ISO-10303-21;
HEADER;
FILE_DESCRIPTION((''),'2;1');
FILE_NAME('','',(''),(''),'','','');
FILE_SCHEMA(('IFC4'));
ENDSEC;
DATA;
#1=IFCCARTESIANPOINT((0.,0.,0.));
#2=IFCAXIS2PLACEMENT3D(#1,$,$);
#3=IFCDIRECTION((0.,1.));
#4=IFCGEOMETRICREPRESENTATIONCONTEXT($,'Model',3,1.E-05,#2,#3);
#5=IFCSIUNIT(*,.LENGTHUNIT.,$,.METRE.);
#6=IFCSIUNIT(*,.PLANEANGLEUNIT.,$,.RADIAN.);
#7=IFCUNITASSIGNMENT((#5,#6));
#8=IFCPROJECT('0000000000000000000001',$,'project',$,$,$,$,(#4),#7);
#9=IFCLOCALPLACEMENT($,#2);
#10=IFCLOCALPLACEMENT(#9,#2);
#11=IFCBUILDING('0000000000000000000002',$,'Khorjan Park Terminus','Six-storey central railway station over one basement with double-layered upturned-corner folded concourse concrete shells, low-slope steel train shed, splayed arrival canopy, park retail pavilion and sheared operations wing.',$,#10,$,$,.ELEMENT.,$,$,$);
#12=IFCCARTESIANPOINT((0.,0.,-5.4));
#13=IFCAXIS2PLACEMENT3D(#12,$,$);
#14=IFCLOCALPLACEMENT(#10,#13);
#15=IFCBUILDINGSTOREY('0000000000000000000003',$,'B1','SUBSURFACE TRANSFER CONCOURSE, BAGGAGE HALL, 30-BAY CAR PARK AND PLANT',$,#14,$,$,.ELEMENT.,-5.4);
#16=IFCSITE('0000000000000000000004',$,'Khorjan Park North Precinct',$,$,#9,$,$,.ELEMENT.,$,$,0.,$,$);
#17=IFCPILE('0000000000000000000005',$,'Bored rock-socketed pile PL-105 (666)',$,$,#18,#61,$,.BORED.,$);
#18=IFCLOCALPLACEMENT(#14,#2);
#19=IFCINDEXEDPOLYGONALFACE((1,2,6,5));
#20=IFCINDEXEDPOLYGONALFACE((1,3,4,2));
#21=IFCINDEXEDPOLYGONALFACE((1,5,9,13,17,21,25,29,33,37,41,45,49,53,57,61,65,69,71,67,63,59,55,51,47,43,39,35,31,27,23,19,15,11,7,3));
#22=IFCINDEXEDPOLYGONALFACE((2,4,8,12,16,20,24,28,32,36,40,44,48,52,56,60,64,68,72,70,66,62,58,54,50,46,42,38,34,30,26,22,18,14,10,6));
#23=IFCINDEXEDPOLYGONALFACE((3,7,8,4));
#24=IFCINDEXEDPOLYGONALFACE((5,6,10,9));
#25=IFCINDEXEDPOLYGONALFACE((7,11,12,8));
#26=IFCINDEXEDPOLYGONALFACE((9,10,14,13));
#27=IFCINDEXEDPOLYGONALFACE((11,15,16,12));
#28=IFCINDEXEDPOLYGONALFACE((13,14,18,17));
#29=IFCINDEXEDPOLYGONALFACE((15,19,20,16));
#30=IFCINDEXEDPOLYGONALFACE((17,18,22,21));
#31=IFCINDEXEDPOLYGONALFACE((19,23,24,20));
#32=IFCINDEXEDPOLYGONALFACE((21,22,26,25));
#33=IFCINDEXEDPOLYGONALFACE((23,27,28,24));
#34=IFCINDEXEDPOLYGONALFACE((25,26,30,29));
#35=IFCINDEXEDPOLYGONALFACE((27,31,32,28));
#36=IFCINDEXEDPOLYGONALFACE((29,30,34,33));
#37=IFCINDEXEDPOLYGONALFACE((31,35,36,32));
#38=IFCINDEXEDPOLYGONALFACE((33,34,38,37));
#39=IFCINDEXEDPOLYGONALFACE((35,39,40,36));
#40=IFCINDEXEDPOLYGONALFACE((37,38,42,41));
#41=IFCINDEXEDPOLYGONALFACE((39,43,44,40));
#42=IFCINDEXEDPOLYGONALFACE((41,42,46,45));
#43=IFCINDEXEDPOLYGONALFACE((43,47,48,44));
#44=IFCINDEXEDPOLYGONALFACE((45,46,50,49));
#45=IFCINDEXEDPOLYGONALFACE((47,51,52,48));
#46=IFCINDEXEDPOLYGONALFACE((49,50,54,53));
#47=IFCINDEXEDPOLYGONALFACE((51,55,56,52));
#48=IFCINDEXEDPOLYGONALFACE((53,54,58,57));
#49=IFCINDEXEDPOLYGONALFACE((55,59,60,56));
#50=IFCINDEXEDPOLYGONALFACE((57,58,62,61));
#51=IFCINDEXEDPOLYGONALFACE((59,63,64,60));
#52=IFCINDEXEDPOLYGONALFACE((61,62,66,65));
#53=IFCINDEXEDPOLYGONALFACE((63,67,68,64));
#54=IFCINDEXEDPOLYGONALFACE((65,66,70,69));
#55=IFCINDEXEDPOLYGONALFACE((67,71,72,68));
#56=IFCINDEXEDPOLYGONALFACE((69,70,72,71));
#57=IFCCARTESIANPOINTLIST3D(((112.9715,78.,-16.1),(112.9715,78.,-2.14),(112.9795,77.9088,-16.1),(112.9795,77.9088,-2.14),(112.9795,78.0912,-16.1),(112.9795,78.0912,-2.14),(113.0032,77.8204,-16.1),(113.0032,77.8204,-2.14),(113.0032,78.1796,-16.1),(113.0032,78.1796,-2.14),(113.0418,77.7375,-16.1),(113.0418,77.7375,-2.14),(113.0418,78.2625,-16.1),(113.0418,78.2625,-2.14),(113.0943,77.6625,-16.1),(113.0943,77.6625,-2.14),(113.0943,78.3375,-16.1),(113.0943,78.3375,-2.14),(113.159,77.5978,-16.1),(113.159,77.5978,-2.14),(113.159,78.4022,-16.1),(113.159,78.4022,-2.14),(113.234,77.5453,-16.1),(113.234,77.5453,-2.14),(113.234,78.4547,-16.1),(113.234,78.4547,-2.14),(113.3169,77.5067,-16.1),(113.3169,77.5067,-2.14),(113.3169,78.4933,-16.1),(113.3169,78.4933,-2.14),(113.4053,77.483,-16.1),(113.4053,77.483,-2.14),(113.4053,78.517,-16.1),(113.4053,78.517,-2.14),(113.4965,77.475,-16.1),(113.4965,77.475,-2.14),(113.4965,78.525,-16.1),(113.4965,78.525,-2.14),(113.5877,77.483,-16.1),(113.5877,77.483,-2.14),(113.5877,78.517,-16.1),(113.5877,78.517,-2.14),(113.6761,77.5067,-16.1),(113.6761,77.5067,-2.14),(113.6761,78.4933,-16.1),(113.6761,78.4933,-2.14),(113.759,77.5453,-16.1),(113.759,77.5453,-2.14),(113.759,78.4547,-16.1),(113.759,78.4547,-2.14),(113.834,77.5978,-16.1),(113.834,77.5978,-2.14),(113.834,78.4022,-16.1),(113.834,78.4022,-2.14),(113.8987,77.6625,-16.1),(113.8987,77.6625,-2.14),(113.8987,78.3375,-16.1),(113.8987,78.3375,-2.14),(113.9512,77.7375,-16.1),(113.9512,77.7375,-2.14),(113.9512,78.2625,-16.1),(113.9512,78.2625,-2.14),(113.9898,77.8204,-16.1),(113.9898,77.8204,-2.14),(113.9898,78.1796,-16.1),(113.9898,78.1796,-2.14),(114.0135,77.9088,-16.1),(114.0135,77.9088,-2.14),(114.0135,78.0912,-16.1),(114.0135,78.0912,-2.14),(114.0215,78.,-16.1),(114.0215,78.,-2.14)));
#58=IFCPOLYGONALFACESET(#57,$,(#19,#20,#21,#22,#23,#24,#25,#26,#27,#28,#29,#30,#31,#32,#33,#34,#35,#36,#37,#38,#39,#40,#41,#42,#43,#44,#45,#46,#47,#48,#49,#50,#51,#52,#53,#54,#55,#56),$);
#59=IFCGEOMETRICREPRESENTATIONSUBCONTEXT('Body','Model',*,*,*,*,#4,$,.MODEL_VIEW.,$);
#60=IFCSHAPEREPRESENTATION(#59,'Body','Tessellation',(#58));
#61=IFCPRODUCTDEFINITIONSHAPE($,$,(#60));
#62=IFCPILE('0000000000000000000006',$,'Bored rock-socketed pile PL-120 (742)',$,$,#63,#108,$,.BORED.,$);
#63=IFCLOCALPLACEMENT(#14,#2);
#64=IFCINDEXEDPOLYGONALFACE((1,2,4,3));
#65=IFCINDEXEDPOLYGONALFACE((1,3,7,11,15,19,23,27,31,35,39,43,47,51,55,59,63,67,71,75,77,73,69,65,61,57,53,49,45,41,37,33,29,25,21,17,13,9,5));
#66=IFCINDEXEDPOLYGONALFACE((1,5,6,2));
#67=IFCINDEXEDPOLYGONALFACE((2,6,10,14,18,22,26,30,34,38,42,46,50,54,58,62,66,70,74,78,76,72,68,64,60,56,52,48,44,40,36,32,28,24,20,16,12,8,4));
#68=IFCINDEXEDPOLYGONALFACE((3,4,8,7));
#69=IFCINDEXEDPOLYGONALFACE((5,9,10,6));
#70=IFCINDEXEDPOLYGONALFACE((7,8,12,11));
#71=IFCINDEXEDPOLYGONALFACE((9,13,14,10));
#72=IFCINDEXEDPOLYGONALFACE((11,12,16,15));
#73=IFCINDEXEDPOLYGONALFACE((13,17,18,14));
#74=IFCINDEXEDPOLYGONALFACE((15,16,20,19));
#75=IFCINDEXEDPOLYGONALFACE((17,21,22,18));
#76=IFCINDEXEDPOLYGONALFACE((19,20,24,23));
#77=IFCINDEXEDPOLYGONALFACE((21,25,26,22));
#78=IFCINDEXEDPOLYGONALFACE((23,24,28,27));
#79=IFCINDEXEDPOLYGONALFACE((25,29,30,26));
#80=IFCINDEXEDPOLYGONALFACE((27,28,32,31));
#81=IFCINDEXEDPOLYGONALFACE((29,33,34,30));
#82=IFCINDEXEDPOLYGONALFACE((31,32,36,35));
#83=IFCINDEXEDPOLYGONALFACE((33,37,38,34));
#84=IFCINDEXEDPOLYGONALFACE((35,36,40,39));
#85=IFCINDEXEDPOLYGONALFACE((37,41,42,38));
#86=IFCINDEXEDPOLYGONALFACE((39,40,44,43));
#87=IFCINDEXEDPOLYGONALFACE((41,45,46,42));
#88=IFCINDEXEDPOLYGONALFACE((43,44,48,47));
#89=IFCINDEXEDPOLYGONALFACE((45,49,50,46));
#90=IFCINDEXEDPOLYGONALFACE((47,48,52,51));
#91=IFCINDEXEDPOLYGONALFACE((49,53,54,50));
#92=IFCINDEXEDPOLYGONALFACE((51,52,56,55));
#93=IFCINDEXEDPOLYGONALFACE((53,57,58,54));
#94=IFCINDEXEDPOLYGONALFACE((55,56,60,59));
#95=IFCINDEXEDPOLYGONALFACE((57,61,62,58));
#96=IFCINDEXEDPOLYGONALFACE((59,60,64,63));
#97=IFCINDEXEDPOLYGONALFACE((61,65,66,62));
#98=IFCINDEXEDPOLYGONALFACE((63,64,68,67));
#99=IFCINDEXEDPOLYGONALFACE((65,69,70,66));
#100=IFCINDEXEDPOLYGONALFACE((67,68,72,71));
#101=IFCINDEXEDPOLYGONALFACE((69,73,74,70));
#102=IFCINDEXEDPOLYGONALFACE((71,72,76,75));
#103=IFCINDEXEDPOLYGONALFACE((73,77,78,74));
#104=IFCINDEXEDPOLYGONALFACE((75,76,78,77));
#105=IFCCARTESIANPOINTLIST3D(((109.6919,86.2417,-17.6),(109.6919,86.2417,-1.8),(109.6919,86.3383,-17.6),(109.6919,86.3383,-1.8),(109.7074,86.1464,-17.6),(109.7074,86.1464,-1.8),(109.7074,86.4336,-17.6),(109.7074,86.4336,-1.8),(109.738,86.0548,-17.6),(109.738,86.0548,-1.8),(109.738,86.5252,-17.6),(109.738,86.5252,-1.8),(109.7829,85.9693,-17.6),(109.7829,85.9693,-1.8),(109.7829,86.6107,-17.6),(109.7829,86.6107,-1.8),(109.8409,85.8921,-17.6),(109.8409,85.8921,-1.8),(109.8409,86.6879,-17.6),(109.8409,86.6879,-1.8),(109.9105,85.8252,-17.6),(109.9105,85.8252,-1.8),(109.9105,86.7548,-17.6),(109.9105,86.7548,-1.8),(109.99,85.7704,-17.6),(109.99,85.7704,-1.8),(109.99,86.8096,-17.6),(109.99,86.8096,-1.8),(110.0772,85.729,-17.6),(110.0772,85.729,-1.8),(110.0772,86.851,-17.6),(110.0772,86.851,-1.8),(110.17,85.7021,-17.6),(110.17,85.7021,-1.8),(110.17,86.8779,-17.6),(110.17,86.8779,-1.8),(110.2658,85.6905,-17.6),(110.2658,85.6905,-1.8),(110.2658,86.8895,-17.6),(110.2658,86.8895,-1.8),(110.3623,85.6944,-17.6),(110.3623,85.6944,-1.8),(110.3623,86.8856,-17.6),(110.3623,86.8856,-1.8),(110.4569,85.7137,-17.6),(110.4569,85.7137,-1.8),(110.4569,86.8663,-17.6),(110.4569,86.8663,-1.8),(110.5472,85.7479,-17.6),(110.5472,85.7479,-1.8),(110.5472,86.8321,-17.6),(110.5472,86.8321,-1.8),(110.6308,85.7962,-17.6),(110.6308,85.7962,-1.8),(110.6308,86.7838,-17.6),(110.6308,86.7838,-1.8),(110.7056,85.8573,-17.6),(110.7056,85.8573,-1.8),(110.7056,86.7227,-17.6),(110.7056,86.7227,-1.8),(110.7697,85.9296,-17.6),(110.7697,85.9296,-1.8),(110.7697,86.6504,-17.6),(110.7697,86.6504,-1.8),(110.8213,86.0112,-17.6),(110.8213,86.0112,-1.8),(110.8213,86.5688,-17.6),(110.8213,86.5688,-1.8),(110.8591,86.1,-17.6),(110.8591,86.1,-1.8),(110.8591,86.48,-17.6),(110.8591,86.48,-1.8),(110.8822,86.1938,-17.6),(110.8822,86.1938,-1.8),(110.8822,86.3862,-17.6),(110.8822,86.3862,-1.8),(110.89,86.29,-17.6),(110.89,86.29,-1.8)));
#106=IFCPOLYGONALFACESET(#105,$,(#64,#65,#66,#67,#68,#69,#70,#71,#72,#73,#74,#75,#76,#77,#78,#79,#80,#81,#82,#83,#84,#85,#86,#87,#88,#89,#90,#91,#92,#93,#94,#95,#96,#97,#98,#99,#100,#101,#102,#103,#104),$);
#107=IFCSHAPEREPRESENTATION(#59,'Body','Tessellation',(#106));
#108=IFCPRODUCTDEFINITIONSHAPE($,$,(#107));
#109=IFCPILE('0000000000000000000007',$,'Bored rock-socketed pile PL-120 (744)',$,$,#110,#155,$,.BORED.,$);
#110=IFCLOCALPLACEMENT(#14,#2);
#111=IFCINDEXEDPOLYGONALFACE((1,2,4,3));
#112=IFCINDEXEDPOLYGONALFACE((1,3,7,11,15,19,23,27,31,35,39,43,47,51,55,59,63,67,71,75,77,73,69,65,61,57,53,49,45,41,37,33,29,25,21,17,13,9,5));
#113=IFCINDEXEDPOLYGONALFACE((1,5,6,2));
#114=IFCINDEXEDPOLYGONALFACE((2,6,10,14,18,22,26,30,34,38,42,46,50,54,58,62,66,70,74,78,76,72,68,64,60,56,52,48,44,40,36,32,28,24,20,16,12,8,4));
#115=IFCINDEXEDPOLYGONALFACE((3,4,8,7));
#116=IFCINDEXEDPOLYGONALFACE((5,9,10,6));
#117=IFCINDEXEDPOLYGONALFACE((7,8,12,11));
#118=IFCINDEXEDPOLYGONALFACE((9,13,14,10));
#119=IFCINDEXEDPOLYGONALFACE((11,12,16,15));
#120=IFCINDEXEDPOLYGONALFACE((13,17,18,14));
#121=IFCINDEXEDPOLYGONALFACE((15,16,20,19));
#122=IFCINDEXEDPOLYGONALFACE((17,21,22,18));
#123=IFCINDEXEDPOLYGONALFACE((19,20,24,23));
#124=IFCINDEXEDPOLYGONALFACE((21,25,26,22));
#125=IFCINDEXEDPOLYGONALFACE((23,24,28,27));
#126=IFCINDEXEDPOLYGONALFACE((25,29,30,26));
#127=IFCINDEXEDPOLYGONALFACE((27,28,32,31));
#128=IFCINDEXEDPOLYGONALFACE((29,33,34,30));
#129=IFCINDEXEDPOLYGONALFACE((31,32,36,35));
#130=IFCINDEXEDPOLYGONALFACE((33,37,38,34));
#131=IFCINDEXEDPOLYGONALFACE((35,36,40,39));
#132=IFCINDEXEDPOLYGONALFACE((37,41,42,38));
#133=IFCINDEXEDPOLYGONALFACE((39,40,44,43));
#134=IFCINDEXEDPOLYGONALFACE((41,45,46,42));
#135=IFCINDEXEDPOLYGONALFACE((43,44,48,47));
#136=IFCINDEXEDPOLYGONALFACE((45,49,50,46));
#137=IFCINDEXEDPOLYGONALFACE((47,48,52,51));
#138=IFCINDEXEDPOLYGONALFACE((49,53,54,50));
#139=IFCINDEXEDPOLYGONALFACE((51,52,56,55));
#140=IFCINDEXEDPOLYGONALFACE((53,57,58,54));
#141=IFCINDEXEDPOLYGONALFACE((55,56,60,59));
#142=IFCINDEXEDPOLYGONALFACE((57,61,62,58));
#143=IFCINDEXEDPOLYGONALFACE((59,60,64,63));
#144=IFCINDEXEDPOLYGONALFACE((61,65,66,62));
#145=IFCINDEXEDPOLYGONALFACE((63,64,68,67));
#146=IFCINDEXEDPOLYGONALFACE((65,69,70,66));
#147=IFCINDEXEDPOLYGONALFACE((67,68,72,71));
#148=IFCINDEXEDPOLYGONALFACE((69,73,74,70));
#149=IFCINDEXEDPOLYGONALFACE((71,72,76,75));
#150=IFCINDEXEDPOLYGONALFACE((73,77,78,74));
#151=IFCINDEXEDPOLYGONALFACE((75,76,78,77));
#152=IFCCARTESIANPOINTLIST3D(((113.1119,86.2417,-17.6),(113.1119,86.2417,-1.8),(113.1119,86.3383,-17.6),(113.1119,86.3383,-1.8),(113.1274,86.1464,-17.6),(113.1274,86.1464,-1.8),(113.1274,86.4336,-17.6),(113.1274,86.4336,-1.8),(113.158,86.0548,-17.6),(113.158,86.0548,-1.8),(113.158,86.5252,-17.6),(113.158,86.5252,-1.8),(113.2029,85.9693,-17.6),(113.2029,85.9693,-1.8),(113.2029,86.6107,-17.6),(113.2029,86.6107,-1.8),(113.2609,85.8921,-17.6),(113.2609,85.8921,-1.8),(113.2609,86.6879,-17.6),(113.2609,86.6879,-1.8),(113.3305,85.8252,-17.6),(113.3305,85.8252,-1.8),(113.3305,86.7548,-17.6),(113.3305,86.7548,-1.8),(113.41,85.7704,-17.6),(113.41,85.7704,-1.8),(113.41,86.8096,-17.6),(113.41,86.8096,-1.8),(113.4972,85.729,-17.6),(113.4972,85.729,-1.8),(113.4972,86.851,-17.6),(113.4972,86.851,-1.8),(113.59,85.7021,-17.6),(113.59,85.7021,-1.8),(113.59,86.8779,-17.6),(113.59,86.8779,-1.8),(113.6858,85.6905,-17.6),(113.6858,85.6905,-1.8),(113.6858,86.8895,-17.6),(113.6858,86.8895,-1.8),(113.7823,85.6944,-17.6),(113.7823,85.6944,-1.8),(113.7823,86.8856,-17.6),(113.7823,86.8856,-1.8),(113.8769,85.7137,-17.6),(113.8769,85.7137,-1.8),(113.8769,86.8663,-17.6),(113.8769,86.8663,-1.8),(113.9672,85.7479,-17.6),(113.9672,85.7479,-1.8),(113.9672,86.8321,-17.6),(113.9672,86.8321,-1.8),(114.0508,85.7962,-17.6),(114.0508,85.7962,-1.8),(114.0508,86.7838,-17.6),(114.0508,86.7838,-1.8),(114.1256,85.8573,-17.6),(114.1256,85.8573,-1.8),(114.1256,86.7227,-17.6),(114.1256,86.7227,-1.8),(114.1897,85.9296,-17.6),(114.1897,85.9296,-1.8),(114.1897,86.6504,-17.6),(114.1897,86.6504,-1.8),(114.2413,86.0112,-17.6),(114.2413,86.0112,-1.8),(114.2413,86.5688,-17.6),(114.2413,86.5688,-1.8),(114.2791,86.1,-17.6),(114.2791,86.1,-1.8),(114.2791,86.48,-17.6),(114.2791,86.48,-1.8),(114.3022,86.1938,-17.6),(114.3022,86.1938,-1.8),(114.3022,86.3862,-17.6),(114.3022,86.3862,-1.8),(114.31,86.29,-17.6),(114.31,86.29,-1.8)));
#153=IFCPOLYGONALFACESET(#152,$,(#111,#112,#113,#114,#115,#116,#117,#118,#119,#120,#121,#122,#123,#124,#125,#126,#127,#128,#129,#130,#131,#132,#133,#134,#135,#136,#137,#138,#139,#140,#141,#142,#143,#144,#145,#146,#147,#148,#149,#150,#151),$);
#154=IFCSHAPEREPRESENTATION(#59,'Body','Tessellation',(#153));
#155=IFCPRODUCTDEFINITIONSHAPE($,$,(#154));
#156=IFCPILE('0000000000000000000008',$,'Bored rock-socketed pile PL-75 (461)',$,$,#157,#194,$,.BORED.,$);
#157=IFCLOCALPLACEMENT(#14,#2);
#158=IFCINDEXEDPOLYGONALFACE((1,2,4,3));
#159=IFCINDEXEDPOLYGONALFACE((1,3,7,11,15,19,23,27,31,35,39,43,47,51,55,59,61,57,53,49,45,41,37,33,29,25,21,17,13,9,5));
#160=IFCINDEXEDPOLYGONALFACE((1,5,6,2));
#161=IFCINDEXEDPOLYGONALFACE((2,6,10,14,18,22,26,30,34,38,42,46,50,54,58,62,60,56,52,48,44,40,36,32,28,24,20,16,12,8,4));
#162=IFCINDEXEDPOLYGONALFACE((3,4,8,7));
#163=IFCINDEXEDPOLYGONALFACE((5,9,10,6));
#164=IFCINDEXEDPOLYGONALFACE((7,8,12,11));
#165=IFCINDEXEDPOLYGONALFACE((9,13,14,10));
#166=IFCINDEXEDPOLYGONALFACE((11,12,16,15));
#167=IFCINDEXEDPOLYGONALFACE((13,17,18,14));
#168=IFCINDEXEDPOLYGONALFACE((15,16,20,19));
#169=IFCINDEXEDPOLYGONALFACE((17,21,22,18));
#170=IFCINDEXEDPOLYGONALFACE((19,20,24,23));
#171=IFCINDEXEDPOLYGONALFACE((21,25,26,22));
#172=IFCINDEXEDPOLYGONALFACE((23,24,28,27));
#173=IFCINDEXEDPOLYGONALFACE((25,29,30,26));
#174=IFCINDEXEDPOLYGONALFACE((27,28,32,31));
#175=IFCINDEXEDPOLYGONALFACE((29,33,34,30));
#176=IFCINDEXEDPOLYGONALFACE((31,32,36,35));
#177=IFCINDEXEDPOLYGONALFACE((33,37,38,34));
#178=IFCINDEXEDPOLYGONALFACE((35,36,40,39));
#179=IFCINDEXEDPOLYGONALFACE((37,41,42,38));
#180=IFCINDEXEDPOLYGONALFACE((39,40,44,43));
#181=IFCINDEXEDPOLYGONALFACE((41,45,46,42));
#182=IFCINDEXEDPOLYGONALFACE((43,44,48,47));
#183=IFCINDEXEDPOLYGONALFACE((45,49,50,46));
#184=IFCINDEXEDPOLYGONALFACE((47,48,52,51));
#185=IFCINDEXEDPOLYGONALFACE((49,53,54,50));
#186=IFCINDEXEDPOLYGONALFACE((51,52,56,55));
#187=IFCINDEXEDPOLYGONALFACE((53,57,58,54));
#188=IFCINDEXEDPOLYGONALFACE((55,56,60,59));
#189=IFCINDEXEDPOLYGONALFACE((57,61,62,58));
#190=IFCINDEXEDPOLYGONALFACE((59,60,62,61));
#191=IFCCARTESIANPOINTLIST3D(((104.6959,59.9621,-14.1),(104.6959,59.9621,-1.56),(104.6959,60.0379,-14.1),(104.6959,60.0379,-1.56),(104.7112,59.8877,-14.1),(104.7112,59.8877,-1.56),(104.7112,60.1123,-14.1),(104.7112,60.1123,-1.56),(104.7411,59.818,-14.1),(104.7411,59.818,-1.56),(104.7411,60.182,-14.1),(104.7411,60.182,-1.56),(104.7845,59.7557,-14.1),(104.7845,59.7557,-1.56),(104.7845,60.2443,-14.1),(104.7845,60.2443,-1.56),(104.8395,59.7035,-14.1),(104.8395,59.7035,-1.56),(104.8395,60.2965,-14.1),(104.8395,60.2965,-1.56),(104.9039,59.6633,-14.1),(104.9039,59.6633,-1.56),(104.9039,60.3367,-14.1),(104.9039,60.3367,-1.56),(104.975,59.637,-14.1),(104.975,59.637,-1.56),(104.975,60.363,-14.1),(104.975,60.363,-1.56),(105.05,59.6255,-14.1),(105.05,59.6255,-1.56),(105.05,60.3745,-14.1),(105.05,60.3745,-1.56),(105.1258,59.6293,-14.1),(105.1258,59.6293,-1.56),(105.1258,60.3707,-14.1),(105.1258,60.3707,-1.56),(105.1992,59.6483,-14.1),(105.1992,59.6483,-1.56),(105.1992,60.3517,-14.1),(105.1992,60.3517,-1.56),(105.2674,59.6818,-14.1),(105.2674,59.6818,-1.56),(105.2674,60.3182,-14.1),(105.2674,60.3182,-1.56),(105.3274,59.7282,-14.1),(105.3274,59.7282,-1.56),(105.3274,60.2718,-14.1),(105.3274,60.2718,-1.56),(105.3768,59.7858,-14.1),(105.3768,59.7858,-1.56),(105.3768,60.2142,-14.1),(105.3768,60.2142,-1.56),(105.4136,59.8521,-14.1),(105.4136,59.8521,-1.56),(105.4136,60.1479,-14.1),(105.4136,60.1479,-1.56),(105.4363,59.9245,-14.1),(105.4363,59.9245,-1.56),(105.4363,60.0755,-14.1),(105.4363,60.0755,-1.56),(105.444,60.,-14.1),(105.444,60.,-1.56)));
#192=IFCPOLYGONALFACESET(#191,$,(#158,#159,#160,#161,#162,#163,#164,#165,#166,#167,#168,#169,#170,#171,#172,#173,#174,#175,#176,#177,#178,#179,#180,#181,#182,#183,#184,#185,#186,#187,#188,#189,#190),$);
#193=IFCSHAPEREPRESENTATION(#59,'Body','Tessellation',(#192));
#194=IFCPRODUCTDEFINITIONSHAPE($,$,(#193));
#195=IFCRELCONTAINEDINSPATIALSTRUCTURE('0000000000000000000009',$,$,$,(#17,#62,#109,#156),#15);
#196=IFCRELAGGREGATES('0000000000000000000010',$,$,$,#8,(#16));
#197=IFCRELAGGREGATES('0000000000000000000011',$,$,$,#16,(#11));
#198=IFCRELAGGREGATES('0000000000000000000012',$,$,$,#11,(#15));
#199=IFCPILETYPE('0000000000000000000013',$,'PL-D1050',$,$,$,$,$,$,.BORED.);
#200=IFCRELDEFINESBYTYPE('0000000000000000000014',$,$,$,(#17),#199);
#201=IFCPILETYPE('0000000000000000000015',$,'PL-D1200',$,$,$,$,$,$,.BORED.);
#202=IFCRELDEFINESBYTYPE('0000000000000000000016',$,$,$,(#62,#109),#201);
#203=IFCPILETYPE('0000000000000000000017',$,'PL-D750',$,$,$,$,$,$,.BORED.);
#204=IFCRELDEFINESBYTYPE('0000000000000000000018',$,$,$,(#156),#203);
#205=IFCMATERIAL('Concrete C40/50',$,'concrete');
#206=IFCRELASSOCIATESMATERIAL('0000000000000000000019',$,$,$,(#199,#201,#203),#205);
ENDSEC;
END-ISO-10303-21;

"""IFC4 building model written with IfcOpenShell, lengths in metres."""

from ifc_helpers import new_model, si_unit, direction, frame, origin, origin_2d, place, context, subcontext, project, spatial, circle, extrude, material, material_profile, profile_set, type_object, element, save


model = new_model("IFC4")

# Units and contexts
model_context = context("Model", 3, precision=1e-05, world=origin(), true_north=direction((0.0, 1.0)))
body_context = subcontext(model_context, "Body", "Model", "MODEL_VIEW")
ifc_project = project(units=[si_unit("LENGTHUNIT", "METRE"), si_unit("PLANEANGLEUNIT", "RADIAN")], contexts=[model_context])

# Site, building, storey
site_placement = place(None, origin())
site = spatial("IfcSite", under=ifc_project, at=site_placement, Name="Khorjan Park North Precinct", CompositionType="ELEMENT", RefElevation=0.0)
building_placement = place(site_placement, origin())
building = spatial("IfcBuilding", under=site, at=building_placement, Name="Khorjan Park Terminus", Description="Six-storey central railway station over one basement with double-layered upturned-corner folded concourse concrete shells, low-slope steel train shed, splayed arrival canopy, park retail pavilion and sheared operations wing.", CompositionType="ELEMENT")
storey_placement = place(building_placement, frame((0.0, 0.0, -5.4)))
storey = spatial("IfcBuildingStorey", under=building, at=storey_placement, Name="B1", Description="SUBSURFACE TRANSFER CONCOURSE, BAGGAGE HALL, 30-BAY CAR PARK AND PLANT", CompositionType="ELEMENT", Elevation=-5.4)

# Shared definitions
ifc_material_1 = material(Name="Concrete C40/50", Category="concrete")

# Piles
ifc_material_profile_1 = material_profile(ifc_material_1, circle(Radius=0.525, at=origin_2d()), Name="BORED D1050")
ifc_profile_set_1 = profile_set([ifc_material_profile_1], Name="Concrete C40/50")
pile_type_1 = type_object("IfcPileType", Name="PL-D1050", PredefinedType="BORED", material=ifc_profile_set_1)
for number, where, z_axis, x_axis, name in (
    (1, (113.4965, 78.0, -2.14), (0.0, 0.0, -1.0), (1.0, 0.0, 0.0), "Bored rock-socketed pile PL-105 (666)"),
):
    element("IfcPile", number, at=place(storey_placement, frame(where, z_axis=z_axis, x_axis=x_axis)), inside=storey, type_object=pile_type_1, Name=name, PredefinedType="BORED", context=body_context, shape_type="SweptSolid", body=[
        extrude(circle(Radius=0.525, at=origin_2d()), origin(), (0.0, 0.0, 1.0), 13.96),
    ])
ifc_material_profile_2 = material_profile(ifc_material_1, circle(Radius=0.6, at=origin_2d()), Name="BORED D1200")
ifc_profile_set_2 = profile_set([ifc_material_profile_2], Name="Concrete C40/50")
pile_type_2 = type_object("IfcPileType", Name="PL-D1200", PredefinedType="BORED", material=ifc_profile_set_2)
for number, where, z_axis, x_axis, name in (
    (2, (110.29, 86.29, -1.8), (0.0, 0.0, -1.0), (1.0, 0.0, 0.0), "Bored rock-socketed pile PL-120 (742)"),
    (3, (113.71, 86.29, -1.8), (0.0, 0.0, -1.0), (1.0, 0.0, 0.0), "Bored rock-socketed pile PL-120 (744)"),
):
    element("IfcPile", number, at=place(storey_placement, frame(where, z_axis=z_axis, x_axis=x_axis)), inside=storey, type_object=pile_type_2, Name=name, PredefinedType="BORED", context=body_context, shape_type="SweptSolid", body=[
        extrude(circle(Radius=0.6, at=origin_2d()), origin(), (0.0, 0.0, 1.0), 15.8),
    ])
ifc_material_profile_3 = material_profile(ifc_material_1, circle(Radius=0.375, at=origin_2d()), Name="BORED D750")
ifc_profile_set_3 = profile_set([ifc_material_profile_3], Name="Concrete C40/50")
pile_type_3 = type_object("IfcPileType", Name="PL-D750", PredefinedType="BORED", material=ifc_profile_set_3)
pile_1_placement = place(storey_placement, frame((105.069, 60.0, -1.56), z_axis=(0.0, 0.0, -1.0), x_axis=(1.0, 0.0, 0.0)))
element("IfcPile", 4, at=pile_1_placement, inside=storey, type_object=pile_type_3, Name="Bored rock-socketed pile PL-75 (461)", PredefinedType="BORED", context=body_context, shape_type="SweptSolid", body=[
    extrude(circle(Radius=0.375, at=origin_2d()), origin(), (0.0, 0.0, 1.0), 12.54),
])

save(model, "model.ifc")
